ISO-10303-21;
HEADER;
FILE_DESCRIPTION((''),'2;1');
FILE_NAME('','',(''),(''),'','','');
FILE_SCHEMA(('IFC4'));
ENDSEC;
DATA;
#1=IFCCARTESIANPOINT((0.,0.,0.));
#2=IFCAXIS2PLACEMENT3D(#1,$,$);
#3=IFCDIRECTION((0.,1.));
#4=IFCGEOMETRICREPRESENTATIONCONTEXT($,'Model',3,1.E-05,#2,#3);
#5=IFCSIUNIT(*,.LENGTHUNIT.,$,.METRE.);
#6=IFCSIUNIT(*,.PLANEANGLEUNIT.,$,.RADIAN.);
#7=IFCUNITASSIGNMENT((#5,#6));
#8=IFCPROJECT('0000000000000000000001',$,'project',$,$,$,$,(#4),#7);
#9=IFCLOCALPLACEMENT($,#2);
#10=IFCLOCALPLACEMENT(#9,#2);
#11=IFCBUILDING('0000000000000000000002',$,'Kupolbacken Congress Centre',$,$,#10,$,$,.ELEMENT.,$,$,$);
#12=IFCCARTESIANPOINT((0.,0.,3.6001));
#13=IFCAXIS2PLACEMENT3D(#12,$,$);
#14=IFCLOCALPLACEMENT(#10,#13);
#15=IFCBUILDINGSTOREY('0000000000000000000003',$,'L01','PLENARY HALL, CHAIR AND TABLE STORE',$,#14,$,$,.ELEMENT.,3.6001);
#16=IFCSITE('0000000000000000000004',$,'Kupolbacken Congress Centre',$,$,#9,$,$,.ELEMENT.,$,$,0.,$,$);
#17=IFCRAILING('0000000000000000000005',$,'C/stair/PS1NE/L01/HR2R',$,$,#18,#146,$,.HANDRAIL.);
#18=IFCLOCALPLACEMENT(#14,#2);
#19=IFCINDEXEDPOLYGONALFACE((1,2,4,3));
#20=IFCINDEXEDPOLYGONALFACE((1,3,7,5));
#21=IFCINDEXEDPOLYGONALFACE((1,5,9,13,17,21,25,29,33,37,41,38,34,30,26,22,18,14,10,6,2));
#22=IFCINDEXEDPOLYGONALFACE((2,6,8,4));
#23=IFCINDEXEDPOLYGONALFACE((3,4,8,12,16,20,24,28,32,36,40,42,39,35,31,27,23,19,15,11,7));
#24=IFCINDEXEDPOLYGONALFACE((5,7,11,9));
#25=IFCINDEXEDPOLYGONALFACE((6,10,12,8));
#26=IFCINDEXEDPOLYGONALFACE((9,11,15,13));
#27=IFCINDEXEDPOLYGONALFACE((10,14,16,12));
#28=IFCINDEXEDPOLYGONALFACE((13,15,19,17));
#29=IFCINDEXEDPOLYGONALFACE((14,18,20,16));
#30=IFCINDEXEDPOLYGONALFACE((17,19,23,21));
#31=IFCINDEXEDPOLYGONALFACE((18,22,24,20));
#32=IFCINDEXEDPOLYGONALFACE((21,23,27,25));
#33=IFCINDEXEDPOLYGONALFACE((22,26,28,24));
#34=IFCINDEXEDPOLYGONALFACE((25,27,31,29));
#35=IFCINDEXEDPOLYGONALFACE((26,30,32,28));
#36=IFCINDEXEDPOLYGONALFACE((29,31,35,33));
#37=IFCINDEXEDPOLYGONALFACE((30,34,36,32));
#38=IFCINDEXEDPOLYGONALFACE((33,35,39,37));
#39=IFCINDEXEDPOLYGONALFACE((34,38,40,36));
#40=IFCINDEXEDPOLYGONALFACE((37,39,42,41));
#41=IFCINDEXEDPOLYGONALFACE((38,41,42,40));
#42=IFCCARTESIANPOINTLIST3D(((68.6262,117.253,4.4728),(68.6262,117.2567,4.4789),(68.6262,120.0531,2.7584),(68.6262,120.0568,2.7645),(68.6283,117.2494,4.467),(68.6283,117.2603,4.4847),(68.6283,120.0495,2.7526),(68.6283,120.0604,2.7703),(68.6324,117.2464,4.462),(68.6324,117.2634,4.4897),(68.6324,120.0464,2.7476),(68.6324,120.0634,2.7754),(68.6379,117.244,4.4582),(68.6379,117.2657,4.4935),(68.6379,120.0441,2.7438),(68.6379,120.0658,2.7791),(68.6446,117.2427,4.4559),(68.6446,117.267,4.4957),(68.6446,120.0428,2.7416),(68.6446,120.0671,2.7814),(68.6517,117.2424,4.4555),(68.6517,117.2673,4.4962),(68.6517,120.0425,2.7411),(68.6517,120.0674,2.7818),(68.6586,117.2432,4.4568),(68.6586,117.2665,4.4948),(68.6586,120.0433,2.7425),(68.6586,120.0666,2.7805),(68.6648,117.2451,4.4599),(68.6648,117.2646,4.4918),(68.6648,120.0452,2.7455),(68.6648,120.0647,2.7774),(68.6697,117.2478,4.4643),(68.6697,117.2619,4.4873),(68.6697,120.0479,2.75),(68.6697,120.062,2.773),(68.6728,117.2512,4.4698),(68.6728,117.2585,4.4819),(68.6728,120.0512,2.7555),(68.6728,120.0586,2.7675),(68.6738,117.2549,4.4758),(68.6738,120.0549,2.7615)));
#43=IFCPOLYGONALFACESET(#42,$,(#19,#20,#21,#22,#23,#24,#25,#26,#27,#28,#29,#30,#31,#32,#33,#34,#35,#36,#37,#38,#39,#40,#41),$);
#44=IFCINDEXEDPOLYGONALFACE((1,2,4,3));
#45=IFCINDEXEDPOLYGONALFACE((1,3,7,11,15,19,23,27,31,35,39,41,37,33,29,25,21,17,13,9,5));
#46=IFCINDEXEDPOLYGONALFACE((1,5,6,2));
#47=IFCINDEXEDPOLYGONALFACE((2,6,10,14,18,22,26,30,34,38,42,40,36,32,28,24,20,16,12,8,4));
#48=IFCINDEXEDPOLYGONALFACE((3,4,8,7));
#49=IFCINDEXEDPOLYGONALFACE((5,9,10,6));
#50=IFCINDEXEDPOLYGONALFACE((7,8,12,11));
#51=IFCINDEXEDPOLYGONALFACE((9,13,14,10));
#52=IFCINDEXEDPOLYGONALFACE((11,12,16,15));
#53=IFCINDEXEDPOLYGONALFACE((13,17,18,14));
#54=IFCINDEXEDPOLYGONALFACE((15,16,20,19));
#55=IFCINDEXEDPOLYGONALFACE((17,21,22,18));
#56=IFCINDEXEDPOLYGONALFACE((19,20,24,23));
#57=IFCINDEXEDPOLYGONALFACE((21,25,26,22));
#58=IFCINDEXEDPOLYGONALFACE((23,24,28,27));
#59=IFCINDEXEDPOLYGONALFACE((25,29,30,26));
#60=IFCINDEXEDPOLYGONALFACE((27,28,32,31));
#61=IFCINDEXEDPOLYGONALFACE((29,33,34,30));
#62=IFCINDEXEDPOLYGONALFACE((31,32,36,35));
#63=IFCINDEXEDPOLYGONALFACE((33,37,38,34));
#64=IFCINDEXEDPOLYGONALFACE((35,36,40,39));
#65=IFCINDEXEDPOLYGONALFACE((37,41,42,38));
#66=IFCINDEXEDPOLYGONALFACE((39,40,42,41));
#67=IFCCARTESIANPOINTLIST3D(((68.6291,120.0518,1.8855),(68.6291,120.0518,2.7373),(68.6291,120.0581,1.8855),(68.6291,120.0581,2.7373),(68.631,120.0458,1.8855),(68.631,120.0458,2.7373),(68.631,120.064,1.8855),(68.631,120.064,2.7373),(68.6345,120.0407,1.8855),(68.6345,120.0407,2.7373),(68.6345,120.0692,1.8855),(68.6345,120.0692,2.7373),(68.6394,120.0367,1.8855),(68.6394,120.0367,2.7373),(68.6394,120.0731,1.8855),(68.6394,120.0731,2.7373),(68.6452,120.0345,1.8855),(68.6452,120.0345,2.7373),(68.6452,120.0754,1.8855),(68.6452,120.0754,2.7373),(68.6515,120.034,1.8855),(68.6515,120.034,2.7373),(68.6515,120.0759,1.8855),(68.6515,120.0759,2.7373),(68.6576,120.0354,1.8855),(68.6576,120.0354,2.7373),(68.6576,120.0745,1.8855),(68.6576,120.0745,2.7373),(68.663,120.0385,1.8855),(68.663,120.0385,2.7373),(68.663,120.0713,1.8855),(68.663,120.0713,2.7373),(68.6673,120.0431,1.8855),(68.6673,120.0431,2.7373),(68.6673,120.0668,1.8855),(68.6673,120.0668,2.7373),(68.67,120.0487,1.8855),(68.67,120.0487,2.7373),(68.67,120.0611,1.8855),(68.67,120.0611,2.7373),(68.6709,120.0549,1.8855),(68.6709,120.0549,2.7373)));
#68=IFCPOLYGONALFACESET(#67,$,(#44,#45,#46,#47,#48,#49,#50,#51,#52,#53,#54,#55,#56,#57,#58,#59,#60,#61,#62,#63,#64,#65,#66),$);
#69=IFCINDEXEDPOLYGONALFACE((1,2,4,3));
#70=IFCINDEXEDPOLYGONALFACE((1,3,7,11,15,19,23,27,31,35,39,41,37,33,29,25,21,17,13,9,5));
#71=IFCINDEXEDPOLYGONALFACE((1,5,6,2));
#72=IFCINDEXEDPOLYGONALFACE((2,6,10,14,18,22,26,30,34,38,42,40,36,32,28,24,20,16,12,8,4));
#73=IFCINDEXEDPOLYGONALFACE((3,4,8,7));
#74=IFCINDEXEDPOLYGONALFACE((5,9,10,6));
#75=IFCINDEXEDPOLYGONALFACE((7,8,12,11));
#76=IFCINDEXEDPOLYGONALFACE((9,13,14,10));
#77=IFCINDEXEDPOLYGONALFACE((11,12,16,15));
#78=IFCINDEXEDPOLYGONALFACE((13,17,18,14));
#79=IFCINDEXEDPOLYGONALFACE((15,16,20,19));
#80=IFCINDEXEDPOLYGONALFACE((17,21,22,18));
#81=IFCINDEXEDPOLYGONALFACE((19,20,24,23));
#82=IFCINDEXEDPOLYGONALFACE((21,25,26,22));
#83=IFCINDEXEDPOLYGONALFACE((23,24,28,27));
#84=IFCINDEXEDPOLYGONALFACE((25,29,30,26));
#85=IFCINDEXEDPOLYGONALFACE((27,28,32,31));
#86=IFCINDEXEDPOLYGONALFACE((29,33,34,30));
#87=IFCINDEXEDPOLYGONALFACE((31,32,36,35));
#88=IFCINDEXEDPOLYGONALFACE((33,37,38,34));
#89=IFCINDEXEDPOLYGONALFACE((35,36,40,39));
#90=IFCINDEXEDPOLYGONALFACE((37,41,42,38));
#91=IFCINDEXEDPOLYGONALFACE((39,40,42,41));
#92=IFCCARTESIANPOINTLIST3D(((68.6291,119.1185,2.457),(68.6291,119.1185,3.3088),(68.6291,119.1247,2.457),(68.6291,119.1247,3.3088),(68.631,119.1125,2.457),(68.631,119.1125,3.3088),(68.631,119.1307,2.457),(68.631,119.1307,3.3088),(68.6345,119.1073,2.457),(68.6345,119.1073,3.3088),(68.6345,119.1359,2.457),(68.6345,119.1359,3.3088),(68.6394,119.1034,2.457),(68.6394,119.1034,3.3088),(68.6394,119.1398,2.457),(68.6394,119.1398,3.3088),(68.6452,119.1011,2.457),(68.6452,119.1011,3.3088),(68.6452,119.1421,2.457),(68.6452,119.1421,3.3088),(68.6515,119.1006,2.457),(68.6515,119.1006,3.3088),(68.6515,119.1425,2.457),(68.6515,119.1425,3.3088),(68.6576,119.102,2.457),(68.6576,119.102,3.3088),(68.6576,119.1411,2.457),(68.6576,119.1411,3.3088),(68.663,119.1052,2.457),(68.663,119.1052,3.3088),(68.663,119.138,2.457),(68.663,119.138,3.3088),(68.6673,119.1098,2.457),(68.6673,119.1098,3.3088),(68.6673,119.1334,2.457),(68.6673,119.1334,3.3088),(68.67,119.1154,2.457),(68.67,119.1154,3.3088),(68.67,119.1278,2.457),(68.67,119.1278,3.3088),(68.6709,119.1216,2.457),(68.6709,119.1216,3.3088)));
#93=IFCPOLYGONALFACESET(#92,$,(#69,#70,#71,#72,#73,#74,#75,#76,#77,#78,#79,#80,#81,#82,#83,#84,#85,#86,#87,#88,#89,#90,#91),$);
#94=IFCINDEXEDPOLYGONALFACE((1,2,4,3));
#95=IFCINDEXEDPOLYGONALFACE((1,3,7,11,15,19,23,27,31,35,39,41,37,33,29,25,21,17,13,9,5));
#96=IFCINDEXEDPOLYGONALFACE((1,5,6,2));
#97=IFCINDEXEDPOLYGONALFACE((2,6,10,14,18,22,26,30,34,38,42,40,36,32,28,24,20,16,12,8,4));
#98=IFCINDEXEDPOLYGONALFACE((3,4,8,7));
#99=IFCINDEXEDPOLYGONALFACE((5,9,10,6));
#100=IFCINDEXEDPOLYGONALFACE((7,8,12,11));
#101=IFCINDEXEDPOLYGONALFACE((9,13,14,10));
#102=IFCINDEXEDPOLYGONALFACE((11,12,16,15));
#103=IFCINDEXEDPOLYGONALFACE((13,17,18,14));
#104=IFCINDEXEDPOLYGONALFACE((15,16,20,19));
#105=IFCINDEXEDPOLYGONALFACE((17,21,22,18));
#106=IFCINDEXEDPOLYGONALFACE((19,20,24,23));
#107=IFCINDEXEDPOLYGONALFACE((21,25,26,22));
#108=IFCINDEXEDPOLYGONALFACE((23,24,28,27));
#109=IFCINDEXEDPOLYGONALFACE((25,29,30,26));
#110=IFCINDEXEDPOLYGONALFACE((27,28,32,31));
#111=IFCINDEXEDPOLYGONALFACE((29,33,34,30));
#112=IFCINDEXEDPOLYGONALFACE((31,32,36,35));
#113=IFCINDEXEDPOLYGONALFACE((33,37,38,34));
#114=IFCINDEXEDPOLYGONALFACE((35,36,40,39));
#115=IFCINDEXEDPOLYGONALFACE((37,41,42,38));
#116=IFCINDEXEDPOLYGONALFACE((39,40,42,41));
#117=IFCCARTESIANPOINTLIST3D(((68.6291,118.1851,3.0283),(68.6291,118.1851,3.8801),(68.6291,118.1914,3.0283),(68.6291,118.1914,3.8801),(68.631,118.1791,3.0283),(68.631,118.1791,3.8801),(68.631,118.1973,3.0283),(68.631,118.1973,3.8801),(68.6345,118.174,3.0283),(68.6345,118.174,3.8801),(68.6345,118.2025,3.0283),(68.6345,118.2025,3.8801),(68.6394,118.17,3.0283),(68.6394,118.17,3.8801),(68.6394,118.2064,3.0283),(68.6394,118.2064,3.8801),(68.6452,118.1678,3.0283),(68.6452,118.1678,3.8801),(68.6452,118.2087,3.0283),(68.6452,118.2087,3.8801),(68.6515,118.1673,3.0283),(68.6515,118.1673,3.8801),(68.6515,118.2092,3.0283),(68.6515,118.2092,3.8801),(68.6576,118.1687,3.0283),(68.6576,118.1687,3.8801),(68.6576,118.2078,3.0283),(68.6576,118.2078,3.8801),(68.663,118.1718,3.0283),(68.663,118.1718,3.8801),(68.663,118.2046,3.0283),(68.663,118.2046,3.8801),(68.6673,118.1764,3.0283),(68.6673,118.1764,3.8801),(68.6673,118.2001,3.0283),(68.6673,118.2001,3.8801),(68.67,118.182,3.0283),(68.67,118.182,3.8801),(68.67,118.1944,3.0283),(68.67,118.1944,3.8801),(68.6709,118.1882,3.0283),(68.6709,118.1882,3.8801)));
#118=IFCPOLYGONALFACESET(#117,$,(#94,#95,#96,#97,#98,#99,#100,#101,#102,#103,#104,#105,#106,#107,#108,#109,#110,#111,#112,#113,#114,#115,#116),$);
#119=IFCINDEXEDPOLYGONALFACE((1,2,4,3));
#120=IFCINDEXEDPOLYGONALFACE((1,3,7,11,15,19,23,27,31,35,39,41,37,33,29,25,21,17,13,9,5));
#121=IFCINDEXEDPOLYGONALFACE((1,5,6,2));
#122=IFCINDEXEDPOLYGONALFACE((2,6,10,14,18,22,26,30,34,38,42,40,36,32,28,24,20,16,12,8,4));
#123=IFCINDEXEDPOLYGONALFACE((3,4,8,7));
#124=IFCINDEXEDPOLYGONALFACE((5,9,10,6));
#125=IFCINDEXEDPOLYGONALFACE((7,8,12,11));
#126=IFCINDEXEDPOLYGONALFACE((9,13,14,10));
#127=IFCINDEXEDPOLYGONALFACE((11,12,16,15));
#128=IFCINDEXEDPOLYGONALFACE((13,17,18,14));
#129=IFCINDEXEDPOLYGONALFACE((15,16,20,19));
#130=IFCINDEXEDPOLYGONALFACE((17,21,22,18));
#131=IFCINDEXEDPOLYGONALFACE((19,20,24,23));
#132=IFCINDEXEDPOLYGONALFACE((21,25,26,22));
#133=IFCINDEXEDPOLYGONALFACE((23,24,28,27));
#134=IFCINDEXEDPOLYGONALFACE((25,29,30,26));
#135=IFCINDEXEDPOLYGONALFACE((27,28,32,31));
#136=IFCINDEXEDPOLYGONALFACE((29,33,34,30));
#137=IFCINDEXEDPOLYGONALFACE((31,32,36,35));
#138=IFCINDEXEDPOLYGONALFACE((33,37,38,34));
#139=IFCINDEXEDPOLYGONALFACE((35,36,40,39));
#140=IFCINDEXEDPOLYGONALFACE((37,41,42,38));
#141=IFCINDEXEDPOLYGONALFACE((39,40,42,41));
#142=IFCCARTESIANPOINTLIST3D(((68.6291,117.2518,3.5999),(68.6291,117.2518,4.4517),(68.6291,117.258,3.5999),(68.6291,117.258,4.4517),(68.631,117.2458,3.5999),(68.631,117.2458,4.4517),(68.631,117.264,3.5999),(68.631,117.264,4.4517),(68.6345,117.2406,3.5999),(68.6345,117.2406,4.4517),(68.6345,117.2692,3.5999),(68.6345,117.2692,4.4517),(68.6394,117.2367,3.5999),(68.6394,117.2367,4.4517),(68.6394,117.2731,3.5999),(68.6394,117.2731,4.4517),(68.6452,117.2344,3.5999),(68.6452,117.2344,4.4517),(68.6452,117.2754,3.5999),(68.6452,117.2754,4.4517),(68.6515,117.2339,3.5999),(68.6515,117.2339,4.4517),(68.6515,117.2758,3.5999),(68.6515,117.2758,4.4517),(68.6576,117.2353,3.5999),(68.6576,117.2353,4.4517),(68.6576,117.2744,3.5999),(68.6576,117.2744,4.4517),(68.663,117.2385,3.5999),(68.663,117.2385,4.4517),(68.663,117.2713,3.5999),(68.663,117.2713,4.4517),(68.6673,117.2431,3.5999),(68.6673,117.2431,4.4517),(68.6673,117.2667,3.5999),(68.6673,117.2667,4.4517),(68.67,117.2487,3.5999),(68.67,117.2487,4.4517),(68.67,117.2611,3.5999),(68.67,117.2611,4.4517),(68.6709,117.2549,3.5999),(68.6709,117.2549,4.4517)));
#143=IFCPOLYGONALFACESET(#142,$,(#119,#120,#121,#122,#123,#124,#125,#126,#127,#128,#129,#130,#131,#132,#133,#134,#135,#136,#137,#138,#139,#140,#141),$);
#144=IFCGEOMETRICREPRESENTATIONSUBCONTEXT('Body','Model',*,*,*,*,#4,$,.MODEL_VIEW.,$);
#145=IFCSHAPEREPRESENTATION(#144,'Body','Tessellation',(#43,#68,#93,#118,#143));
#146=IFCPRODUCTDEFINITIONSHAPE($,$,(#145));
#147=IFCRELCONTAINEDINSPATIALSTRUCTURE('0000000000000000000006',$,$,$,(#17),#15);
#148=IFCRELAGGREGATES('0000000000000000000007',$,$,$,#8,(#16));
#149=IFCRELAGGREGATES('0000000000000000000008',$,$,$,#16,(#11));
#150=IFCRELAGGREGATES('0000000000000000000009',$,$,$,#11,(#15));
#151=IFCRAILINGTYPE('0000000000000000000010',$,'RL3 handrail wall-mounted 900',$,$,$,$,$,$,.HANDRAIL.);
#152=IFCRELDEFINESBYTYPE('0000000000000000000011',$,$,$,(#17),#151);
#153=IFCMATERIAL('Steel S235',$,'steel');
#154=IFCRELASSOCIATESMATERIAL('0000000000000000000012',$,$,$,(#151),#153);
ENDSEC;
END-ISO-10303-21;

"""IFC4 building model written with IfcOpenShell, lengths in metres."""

from ifc_helpers import new_model, si_unit, direction, frame, origin, origin_2d, place, context, subcontext, project, spatial, circle, extrude, material, type_object, element, save


model = new_model("IFC4")

# Units and contexts
model_context = context("Model", 3, precision=1e-05, world=origin(), true_north=direction((0.0, 1.0)))
body_context = subcontext(model_context, "Body", "Model", "MODEL_VIEW")
ifc_project = project(units=[si_unit("LENGTHUNIT", "METRE"), si_unit("PLANEANGLEUNIT", "RADIAN")], contexts=[model_context])

# Site, building, storey
site_placement = place(None, origin())
site = spatial("IfcSite", under=ifc_project, at=site_placement, Name="Kupolbacken Congress Centre", CompositionType="ELEMENT", RefElevation=0.0)
building_placement = place(site_placement, origin())
building = spatial("IfcBuilding", under=site, at=building_placement, Name="Kupolbacken Congress Centre", CompositionType="ELEMENT")
storey_placement = place(building_placement, frame((0.0, 0.0, 3.6001)))
storey = spatial("IfcBuildingStorey", under=building, at=storey_placement, Name="L01", Description="PLENARY HALL, CHAIR AND TABLE STORE", CompositionType="ELEMENT", Elevation=3.6001)

# Railing
ifc_material_1 = material(Name="Steel S235", Category="steel")
railing_type = type_object("IfcRailingType", Name="RL3 handrail wall-mounted 900", PredefinedType="HANDRAIL", material=ifc_material_1)
for number, where, name in (
    (1, (68.6499, 120.0549, 1.8855), "C/stair/PS1NE/L01/HR2R"),
):
    element("IfcRailing", number, at=place(storey_placement, frame(where)), inside=storey, type_object=railing_type, Name=name, PredefinedType="HANDRAIL", context=body_context, shape_type="SweptSolid", body=[
        extrude(circle(Radius=0.0239, at=origin_2d()), frame((0.0, 0.0, 0.876), z_axis=(0.0, -0.852846, 0.522163), x_axis=(1.0, 0.0, 0.0)), (0.0, 0.0, 1.0), 3.2832),
        extrude(circle(Radius=0.021, at=origin_2d()), origin(), (0.0, 0.0, 1.0), 0.8518),
        extrude(circle(Radius=0.021, at=origin_2d()), frame((0.0, -0.9333, 0.5715)), (0.0, 0.0, 1.0), 0.8518),
        extrude(circle(Radius=0.021, at=origin_2d()), frame((0.0, -1.8667, 1.1428)), (0.0, 0.0, 1.0), 0.8518),
        extrude(circle(Radius=0.021, at=origin_2d()), frame((0.0, -2.8, 1.7144)), (0.0, 0.0, 1.0), 0.8518),
    ])

save(model, "model.ifc")
